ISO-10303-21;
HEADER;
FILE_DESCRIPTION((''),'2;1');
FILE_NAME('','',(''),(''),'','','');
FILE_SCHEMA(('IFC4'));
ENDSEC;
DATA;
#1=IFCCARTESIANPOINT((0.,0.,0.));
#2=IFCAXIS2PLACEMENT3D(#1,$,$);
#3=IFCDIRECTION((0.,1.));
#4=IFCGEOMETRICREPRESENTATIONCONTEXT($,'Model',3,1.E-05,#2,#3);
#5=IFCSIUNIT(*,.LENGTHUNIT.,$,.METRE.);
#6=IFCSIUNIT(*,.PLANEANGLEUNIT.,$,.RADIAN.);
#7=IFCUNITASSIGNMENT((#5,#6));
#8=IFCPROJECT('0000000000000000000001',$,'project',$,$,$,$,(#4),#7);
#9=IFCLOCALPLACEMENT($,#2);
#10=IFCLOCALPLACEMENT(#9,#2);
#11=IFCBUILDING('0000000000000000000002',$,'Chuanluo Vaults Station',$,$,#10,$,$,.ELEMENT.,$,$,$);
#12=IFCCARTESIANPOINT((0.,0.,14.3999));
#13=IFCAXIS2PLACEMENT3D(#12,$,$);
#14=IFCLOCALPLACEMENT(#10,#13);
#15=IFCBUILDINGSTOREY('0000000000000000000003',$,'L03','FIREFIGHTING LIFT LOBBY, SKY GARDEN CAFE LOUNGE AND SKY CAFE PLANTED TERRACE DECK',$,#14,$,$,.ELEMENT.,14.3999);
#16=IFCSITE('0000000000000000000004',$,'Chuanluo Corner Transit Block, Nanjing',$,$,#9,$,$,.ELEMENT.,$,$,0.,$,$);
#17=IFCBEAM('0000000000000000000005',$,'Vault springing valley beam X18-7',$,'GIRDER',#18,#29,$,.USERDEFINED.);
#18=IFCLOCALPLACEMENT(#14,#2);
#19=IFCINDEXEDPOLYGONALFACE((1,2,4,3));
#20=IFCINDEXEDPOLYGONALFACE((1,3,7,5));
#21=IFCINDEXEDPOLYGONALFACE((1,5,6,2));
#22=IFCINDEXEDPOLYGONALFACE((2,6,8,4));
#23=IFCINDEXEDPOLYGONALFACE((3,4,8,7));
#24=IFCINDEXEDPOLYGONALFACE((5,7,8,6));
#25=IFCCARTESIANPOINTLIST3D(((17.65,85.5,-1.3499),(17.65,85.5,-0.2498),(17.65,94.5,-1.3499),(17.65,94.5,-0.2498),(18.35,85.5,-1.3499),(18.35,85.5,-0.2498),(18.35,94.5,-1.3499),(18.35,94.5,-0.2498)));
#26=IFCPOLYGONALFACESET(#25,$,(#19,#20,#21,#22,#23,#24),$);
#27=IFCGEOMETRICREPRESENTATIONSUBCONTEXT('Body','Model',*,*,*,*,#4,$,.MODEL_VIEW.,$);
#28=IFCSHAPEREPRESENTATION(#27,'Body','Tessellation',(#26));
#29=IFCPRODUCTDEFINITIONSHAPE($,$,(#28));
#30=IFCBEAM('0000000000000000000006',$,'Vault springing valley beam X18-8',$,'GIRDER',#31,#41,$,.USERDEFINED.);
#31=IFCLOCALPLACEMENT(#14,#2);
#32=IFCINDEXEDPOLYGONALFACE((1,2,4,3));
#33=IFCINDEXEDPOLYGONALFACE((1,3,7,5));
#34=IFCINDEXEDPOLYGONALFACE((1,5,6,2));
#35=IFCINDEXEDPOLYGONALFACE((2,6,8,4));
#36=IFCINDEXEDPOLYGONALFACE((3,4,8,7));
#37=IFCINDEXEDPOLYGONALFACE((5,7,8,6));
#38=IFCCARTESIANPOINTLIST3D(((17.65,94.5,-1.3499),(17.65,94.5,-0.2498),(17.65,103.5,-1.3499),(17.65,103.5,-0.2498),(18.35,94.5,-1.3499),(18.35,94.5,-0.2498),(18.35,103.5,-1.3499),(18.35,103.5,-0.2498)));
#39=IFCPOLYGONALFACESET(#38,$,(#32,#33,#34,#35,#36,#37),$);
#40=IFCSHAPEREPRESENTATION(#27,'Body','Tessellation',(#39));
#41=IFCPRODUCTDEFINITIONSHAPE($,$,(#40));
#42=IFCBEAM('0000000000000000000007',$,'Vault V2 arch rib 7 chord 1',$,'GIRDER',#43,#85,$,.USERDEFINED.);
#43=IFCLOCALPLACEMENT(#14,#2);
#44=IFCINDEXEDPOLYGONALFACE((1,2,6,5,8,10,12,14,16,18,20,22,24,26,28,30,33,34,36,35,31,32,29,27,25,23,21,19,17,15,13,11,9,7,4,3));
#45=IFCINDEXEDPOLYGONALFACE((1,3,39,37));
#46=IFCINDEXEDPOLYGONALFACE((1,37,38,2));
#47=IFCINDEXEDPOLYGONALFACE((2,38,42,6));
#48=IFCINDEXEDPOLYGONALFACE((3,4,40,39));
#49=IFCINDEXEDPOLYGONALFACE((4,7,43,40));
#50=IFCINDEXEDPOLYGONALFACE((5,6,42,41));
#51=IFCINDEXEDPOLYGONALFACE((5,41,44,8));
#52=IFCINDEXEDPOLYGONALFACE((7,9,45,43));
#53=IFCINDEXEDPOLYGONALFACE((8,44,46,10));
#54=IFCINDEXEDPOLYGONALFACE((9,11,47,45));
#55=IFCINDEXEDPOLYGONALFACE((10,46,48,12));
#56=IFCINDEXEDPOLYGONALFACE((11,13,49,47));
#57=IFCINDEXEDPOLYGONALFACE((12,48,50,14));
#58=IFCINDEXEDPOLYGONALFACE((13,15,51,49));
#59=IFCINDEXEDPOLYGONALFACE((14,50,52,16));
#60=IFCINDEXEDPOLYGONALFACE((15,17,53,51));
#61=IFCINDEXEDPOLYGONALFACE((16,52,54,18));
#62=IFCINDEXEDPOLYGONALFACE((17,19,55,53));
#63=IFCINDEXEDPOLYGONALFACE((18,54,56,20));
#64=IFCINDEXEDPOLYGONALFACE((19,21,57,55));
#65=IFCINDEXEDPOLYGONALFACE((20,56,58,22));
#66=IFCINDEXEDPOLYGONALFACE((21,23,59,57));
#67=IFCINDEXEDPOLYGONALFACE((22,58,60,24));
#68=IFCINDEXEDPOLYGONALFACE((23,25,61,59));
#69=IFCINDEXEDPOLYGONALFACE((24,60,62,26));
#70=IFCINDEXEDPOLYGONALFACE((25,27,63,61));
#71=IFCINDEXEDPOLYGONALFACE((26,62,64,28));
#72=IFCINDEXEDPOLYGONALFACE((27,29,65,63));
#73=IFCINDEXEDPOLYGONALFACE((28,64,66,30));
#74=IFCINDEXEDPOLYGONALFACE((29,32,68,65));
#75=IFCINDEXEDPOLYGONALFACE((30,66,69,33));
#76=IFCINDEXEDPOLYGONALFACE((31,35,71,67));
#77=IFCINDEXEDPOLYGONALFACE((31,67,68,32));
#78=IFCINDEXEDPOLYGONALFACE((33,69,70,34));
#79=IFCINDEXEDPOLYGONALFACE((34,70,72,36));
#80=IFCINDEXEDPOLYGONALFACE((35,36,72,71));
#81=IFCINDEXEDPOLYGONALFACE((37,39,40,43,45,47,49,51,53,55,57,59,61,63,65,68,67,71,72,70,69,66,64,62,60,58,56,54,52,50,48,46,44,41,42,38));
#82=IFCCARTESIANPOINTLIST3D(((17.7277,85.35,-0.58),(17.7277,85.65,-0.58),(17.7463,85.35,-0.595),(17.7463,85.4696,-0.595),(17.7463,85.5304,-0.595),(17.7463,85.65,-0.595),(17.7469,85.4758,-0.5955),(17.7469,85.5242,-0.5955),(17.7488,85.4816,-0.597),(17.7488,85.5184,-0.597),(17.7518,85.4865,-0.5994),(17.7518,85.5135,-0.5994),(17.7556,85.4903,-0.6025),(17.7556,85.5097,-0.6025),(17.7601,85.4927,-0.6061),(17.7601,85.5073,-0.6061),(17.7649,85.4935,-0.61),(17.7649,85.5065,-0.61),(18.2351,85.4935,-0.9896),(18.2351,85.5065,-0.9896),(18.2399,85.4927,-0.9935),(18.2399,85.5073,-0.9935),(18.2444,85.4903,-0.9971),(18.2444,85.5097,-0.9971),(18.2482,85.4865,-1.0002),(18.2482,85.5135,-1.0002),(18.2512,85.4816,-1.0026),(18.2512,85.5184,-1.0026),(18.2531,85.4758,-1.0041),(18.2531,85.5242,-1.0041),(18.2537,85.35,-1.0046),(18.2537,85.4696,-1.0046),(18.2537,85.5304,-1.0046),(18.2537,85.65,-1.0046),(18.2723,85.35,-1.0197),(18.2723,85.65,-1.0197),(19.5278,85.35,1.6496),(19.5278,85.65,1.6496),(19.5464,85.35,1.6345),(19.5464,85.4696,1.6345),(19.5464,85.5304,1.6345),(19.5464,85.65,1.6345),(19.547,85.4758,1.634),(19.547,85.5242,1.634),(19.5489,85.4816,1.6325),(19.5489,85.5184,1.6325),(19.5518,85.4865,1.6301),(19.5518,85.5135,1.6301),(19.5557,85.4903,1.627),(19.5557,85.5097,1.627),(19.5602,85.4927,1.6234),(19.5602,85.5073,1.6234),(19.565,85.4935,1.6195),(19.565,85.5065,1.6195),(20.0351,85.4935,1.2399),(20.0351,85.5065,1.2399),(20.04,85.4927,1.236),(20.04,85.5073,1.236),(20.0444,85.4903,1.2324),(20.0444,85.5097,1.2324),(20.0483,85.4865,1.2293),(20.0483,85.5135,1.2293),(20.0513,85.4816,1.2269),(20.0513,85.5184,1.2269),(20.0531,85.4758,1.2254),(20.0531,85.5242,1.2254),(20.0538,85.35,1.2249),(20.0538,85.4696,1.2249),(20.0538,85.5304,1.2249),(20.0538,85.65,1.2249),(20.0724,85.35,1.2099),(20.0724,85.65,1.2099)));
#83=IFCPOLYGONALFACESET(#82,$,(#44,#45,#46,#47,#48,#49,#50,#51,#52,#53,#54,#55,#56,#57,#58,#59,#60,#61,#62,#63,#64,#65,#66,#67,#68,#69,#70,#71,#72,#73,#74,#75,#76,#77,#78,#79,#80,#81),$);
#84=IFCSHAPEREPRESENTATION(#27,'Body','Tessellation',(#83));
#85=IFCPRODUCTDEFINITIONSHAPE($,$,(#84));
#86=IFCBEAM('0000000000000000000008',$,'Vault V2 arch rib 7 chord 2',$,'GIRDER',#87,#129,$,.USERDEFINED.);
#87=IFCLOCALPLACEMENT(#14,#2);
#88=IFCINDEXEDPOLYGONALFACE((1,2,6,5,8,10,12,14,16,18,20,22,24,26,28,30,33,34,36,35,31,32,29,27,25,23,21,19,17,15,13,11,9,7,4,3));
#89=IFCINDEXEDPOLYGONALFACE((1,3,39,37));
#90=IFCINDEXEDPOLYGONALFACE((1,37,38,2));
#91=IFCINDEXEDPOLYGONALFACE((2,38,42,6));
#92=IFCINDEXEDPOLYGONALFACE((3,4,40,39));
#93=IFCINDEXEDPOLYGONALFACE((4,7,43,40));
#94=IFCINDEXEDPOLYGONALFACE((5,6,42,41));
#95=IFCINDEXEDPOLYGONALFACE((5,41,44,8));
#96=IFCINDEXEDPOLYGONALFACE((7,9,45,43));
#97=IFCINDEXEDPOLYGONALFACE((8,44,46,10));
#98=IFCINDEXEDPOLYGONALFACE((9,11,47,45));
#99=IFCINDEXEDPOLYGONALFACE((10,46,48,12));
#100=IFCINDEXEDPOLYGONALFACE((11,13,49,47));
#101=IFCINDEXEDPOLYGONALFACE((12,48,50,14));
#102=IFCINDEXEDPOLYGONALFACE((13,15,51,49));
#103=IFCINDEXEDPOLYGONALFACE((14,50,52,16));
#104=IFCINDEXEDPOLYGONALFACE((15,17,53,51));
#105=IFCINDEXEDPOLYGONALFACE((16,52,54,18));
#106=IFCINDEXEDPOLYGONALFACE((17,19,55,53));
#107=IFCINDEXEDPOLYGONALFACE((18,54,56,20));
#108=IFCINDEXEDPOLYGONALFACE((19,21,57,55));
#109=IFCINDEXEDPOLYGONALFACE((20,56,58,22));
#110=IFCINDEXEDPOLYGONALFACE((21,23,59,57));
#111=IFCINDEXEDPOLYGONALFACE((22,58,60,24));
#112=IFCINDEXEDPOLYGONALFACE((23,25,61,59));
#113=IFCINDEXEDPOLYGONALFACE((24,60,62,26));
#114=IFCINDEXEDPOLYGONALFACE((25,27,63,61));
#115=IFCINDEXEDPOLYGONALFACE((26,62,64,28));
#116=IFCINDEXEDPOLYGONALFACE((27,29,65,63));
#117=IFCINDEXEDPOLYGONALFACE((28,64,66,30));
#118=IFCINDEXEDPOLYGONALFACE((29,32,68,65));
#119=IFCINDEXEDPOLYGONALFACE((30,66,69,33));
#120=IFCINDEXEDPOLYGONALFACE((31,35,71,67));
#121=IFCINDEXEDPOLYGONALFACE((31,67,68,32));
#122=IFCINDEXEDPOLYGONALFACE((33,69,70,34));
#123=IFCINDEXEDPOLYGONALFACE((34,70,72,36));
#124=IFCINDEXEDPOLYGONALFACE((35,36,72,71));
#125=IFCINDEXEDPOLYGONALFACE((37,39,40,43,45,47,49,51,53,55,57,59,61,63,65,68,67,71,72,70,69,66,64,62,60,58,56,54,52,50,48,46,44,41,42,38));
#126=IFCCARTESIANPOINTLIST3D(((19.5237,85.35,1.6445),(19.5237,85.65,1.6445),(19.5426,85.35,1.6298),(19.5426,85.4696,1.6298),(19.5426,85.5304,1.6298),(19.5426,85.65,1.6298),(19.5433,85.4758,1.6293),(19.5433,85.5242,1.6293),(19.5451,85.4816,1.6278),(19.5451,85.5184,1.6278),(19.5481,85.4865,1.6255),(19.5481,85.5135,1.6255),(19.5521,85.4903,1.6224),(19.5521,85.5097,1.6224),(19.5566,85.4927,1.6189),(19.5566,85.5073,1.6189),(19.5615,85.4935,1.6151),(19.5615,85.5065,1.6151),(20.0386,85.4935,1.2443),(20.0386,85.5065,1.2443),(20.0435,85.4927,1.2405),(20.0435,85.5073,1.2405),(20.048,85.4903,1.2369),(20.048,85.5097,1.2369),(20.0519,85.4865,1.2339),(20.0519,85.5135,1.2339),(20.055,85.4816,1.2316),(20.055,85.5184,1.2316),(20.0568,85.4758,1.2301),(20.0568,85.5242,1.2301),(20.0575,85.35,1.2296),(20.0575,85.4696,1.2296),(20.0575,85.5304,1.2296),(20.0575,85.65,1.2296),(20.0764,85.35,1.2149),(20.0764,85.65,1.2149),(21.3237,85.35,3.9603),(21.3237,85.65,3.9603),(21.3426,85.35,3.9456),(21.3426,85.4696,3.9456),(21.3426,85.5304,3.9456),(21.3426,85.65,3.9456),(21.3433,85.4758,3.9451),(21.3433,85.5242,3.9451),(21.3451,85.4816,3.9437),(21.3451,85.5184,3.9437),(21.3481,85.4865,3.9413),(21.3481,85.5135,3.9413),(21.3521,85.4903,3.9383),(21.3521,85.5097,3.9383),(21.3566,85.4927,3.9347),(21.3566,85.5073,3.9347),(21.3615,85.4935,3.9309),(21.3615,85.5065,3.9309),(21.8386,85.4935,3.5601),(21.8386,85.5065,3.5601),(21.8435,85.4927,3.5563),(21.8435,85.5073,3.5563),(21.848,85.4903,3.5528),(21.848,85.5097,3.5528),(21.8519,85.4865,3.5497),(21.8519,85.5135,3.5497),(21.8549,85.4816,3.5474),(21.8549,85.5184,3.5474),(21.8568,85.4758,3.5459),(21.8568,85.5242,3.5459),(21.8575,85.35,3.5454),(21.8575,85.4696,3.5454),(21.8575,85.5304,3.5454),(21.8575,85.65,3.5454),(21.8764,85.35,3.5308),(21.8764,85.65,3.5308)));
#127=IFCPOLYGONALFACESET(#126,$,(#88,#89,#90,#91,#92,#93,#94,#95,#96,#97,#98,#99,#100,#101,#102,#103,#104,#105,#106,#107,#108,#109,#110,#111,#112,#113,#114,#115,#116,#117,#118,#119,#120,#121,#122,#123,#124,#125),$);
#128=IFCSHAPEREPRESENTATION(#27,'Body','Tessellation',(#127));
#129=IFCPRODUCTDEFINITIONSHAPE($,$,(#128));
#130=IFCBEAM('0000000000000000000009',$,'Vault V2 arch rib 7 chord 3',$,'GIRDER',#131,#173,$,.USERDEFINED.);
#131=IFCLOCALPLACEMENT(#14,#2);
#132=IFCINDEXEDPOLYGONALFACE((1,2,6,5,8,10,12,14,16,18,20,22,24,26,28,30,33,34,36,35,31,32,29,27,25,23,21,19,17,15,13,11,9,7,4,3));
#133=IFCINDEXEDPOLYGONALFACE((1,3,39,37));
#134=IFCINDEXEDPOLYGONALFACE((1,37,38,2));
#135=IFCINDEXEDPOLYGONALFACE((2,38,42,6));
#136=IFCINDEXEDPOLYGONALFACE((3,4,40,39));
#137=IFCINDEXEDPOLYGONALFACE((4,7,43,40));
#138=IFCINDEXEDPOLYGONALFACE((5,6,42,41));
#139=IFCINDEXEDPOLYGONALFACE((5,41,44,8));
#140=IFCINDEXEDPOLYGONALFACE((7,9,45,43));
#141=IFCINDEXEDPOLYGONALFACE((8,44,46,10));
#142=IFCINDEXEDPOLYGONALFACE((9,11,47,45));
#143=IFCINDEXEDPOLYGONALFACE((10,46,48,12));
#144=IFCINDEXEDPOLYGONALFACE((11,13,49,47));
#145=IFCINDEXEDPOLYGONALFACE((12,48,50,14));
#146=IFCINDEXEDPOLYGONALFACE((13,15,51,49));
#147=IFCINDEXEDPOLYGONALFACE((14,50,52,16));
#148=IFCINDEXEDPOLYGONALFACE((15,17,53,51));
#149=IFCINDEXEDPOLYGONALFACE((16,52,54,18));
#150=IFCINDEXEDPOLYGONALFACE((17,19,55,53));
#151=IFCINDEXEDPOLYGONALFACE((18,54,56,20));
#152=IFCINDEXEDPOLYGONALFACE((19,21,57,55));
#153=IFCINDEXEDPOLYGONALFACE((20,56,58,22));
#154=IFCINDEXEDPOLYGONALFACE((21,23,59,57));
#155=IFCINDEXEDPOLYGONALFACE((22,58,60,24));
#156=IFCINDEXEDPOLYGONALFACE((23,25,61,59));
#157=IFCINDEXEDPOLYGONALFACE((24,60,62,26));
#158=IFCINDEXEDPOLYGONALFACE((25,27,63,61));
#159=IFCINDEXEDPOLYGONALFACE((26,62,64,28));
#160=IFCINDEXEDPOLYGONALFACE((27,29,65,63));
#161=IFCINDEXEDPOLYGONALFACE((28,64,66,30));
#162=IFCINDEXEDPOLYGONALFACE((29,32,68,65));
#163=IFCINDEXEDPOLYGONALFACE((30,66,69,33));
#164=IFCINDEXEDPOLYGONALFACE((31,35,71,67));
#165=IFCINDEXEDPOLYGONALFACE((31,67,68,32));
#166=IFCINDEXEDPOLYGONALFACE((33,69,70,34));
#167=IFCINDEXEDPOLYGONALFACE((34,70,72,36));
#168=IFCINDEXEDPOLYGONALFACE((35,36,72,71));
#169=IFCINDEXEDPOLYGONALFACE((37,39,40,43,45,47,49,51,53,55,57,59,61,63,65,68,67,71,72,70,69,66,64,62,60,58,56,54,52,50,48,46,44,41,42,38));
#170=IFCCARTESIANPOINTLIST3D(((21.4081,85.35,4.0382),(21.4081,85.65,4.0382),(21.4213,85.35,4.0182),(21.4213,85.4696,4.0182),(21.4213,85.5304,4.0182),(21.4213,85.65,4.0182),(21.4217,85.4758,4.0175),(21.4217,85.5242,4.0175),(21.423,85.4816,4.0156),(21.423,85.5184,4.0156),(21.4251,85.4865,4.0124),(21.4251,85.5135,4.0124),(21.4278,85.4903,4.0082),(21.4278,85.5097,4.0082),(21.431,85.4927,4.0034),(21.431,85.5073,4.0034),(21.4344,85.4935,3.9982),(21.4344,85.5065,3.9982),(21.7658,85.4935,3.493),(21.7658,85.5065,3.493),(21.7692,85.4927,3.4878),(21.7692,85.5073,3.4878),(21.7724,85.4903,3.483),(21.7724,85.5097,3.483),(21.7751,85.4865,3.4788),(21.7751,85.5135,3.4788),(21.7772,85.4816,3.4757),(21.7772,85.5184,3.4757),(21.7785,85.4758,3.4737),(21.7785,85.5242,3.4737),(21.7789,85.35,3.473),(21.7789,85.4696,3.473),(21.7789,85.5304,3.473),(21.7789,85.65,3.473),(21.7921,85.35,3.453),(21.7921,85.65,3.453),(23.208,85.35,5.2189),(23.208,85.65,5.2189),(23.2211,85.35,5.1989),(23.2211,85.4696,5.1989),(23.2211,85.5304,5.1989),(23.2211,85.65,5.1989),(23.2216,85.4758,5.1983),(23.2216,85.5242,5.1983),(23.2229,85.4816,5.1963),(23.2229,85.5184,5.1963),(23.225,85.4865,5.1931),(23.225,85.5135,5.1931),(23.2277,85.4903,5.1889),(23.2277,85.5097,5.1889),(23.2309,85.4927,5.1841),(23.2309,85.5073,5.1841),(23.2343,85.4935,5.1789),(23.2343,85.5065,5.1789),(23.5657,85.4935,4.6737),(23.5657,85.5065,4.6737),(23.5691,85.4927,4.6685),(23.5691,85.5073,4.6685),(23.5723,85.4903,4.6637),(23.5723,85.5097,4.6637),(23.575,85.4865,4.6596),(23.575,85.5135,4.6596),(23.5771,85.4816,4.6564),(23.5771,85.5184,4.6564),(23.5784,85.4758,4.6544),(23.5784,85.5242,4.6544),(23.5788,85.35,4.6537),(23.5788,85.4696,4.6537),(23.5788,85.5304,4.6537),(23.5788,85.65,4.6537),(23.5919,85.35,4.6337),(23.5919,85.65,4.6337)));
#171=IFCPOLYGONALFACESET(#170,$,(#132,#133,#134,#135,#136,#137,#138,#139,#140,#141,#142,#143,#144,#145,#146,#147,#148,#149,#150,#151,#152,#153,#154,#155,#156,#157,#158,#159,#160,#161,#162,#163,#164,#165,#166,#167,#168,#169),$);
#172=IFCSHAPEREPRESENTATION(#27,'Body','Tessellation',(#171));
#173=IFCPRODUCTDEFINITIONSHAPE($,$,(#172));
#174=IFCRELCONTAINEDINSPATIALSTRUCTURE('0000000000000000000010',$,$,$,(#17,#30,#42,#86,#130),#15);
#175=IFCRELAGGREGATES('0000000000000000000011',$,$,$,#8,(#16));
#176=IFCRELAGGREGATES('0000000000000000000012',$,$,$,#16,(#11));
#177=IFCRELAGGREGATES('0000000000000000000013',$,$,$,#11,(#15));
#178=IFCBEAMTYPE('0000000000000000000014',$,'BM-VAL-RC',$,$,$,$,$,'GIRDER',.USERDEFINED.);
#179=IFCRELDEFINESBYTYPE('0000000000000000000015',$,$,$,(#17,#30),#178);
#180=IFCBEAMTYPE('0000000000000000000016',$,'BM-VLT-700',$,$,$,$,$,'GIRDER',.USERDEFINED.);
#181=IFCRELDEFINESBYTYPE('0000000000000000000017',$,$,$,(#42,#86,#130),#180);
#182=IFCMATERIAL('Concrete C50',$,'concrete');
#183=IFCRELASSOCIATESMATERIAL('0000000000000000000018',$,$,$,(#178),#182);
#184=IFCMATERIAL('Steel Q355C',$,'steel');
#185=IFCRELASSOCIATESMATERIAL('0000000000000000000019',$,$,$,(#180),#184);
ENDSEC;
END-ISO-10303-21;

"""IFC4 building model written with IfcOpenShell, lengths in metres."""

from ifc_helpers import new_model, si_unit, direction, frame, origin, origin_2d, place, context, subcontext, project, spatial, rectangle, i_section, extrude, material, material_profile, profile_set, type_object, element, save


model = new_model("IFC4")

# Units and contexts
model_context = context("Model", 3, precision=1e-05, world=origin(), true_north=direction((0.0, 1.0)))
body_context = subcontext(model_context, "Body", "Model", "MODEL_VIEW")
ifc_project = project(units=[si_unit("LENGTHUNIT", "METRE"), si_unit("PLANEANGLEUNIT", "RADIAN")], contexts=[model_context])

# Site, building, storey
site_placement = place(None, origin())
site = spatial("IfcSite", under=ifc_project, at=site_placement, Name="Chuanluo Corner Transit Block, Nanjing", CompositionType="ELEMENT", RefElevation=0.0)
building_placement = place(site_placement, origin())
building = spatial("IfcBuilding", under=site, at=building_placement, Name="Chuanluo Vaults Station", CompositionType="ELEMENT")
storey_placement = place(building_placement, frame((0.0, 0.0, 14.3999)))
storey = spatial("IfcBuildingStorey", under=building, at=storey_placement, Name="L03", Description="FIREFIGHTING LIFT LOBBY, SKY GARDEN CAFE LOUNGE AND SKY CAFE PLANTED TERRACE DECK", CompositionType="ELEMENT", Elevation=14.3999)

# Beams
ifc_material_1 = material(Name="Concrete C50", Category="concrete")
ifc_material_profile_1 = material_profile(ifc_material_1, rectangle(XDim=0.7, YDim=1.1001, at=origin_2d()))
ifc_profile_set_1 = profile_set([ifc_material_profile_1], Name="Concrete C50")
beam_type_1 = type_object("IfcBeamType", Name="BM-VAL-RC", ElementType="GIRDER", PredefinedType="USERDEFINED", material=ifc_profile_set_1)
for number, where, z_axis, x_axis, name in (
    (1, (18.0, 85.5, -0.7998), (0.0, 1.0, 0.0), (-1.0, 0.0, 0.0), "Vault springing valley beam X18-7"),
    (2, (18.0, 94.5, -0.7998), (0.0, 1.0, 0.0), (-1.0, 0.0, 0.0), "Vault springing valley beam X18-8"),
):
    element("IfcBeam", number, at=place(storey_placement, frame(where, z_axis=z_axis, x_axis=x_axis)), inside=storey, type_object=beam_type_1, Name=name, ObjectType="GIRDER", PredefinedType="USERDEFINED", context=body_context, shape_type="SweptSolid", body=[
        extrude(rectangle(XDim=0.7, YDim=1.1001, at=origin_2d()), origin(), (0.0, 0.0, 1.0), 9.0),
    ])
ifc_material_2 = material(Name="Steel Q355C", Category="steel")
ifc_material_profile_2 = material_profile(ifc_material_2, i_section(OverallWidth=0.3, OverallDepth=0.7, WebThickness=0.0129, FlangeThickness=0.0239, FilletRadius=0.0239, at=origin_2d()))
ifc_profile_set_2 = profile_set([ifc_material_profile_2], Name="Steel Q355C")
beam_type_2 = type_object("IfcBeamType", Name="BM-VLT-700", ElementType="GIRDER", PredefinedType="USERDEFINED", material=ifc_profile_set_2)
beam_1_placement = place(storey_placement, frame((18.0, 85.5, -0.7998), z_axis=(0.62819, 0.0, 0.77806), x_axis=(0.0, 1.0, 0.0)))
element("IfcBeam", 3, at=beam_1_placement, inside=storey, type_object=beam_type_2, Name="Vault V2 arch rib 7 chord 1", ObjectType="GIRDER", PredefinedType="USERDEFINED", context=body_context, shape_type="SweptSolid", body=[
    extrude(i_section(OverallWidth=0.3, OverallDepth=0.7, WebThickness=0.0129, FlangeThickness=0.0239, FilletRadius=0.0239, at=origin_2d()), origin(), (0.0, 0.0, 1.0), 2.8655),
])
beam_2_placement = place(storey_placement, frame((19.8, 85.5, 1.4297), z_axis=(0.613681, 0.0, 0.789554), x_axis=(0.0, 1.0, 0.0)))
element("IfcBeam", 4, at=beam_2_placement, inside=storey, type_object=beam_type_2, Name="Vault V2 arch rib 7 chord 2", ObjectType="GIRDER", PredefinedType="USERDEFINED", context=body_context, shape_type="SweptSolid", body=[
    extrude(i_section(OverallWidth=0.3, OverallDepth=0.7, WebThickness=0.0129, FlangeThickness=0.0239, FilletRadius=0.0239, at=origin_2d()), origin(), (0.0, 0.0, 1.0), 2.9331),
])
beam_3_placement = place(storey_placement, frame((21.6001, 85.5, 3.7456), z_axis=(0.836145, 0.0, 0.548508), x_axis=(0.0, 1.0, 0.0)))
element("IfcBeam", 5, at=beam_3_placement, inside=storey, type_object=beam_type_2, Name="Vault V2 arch rib 7 chord 3", ObjectType="GIRDER", PredefinedType="USERDEFINED", context=body_context, shape_type="SweptSolid", body=[
    extrude(i_section(OverallWidth=0.3, OverallDepth=0.7, WebThickness=0.0129, FlangeThickness=0.0239, FilletRadius=0.0239, at=origin_2d()), origin(), (0.0, 0.0, 1.0), 2.1526),
])

save(model, "model.ifc")
